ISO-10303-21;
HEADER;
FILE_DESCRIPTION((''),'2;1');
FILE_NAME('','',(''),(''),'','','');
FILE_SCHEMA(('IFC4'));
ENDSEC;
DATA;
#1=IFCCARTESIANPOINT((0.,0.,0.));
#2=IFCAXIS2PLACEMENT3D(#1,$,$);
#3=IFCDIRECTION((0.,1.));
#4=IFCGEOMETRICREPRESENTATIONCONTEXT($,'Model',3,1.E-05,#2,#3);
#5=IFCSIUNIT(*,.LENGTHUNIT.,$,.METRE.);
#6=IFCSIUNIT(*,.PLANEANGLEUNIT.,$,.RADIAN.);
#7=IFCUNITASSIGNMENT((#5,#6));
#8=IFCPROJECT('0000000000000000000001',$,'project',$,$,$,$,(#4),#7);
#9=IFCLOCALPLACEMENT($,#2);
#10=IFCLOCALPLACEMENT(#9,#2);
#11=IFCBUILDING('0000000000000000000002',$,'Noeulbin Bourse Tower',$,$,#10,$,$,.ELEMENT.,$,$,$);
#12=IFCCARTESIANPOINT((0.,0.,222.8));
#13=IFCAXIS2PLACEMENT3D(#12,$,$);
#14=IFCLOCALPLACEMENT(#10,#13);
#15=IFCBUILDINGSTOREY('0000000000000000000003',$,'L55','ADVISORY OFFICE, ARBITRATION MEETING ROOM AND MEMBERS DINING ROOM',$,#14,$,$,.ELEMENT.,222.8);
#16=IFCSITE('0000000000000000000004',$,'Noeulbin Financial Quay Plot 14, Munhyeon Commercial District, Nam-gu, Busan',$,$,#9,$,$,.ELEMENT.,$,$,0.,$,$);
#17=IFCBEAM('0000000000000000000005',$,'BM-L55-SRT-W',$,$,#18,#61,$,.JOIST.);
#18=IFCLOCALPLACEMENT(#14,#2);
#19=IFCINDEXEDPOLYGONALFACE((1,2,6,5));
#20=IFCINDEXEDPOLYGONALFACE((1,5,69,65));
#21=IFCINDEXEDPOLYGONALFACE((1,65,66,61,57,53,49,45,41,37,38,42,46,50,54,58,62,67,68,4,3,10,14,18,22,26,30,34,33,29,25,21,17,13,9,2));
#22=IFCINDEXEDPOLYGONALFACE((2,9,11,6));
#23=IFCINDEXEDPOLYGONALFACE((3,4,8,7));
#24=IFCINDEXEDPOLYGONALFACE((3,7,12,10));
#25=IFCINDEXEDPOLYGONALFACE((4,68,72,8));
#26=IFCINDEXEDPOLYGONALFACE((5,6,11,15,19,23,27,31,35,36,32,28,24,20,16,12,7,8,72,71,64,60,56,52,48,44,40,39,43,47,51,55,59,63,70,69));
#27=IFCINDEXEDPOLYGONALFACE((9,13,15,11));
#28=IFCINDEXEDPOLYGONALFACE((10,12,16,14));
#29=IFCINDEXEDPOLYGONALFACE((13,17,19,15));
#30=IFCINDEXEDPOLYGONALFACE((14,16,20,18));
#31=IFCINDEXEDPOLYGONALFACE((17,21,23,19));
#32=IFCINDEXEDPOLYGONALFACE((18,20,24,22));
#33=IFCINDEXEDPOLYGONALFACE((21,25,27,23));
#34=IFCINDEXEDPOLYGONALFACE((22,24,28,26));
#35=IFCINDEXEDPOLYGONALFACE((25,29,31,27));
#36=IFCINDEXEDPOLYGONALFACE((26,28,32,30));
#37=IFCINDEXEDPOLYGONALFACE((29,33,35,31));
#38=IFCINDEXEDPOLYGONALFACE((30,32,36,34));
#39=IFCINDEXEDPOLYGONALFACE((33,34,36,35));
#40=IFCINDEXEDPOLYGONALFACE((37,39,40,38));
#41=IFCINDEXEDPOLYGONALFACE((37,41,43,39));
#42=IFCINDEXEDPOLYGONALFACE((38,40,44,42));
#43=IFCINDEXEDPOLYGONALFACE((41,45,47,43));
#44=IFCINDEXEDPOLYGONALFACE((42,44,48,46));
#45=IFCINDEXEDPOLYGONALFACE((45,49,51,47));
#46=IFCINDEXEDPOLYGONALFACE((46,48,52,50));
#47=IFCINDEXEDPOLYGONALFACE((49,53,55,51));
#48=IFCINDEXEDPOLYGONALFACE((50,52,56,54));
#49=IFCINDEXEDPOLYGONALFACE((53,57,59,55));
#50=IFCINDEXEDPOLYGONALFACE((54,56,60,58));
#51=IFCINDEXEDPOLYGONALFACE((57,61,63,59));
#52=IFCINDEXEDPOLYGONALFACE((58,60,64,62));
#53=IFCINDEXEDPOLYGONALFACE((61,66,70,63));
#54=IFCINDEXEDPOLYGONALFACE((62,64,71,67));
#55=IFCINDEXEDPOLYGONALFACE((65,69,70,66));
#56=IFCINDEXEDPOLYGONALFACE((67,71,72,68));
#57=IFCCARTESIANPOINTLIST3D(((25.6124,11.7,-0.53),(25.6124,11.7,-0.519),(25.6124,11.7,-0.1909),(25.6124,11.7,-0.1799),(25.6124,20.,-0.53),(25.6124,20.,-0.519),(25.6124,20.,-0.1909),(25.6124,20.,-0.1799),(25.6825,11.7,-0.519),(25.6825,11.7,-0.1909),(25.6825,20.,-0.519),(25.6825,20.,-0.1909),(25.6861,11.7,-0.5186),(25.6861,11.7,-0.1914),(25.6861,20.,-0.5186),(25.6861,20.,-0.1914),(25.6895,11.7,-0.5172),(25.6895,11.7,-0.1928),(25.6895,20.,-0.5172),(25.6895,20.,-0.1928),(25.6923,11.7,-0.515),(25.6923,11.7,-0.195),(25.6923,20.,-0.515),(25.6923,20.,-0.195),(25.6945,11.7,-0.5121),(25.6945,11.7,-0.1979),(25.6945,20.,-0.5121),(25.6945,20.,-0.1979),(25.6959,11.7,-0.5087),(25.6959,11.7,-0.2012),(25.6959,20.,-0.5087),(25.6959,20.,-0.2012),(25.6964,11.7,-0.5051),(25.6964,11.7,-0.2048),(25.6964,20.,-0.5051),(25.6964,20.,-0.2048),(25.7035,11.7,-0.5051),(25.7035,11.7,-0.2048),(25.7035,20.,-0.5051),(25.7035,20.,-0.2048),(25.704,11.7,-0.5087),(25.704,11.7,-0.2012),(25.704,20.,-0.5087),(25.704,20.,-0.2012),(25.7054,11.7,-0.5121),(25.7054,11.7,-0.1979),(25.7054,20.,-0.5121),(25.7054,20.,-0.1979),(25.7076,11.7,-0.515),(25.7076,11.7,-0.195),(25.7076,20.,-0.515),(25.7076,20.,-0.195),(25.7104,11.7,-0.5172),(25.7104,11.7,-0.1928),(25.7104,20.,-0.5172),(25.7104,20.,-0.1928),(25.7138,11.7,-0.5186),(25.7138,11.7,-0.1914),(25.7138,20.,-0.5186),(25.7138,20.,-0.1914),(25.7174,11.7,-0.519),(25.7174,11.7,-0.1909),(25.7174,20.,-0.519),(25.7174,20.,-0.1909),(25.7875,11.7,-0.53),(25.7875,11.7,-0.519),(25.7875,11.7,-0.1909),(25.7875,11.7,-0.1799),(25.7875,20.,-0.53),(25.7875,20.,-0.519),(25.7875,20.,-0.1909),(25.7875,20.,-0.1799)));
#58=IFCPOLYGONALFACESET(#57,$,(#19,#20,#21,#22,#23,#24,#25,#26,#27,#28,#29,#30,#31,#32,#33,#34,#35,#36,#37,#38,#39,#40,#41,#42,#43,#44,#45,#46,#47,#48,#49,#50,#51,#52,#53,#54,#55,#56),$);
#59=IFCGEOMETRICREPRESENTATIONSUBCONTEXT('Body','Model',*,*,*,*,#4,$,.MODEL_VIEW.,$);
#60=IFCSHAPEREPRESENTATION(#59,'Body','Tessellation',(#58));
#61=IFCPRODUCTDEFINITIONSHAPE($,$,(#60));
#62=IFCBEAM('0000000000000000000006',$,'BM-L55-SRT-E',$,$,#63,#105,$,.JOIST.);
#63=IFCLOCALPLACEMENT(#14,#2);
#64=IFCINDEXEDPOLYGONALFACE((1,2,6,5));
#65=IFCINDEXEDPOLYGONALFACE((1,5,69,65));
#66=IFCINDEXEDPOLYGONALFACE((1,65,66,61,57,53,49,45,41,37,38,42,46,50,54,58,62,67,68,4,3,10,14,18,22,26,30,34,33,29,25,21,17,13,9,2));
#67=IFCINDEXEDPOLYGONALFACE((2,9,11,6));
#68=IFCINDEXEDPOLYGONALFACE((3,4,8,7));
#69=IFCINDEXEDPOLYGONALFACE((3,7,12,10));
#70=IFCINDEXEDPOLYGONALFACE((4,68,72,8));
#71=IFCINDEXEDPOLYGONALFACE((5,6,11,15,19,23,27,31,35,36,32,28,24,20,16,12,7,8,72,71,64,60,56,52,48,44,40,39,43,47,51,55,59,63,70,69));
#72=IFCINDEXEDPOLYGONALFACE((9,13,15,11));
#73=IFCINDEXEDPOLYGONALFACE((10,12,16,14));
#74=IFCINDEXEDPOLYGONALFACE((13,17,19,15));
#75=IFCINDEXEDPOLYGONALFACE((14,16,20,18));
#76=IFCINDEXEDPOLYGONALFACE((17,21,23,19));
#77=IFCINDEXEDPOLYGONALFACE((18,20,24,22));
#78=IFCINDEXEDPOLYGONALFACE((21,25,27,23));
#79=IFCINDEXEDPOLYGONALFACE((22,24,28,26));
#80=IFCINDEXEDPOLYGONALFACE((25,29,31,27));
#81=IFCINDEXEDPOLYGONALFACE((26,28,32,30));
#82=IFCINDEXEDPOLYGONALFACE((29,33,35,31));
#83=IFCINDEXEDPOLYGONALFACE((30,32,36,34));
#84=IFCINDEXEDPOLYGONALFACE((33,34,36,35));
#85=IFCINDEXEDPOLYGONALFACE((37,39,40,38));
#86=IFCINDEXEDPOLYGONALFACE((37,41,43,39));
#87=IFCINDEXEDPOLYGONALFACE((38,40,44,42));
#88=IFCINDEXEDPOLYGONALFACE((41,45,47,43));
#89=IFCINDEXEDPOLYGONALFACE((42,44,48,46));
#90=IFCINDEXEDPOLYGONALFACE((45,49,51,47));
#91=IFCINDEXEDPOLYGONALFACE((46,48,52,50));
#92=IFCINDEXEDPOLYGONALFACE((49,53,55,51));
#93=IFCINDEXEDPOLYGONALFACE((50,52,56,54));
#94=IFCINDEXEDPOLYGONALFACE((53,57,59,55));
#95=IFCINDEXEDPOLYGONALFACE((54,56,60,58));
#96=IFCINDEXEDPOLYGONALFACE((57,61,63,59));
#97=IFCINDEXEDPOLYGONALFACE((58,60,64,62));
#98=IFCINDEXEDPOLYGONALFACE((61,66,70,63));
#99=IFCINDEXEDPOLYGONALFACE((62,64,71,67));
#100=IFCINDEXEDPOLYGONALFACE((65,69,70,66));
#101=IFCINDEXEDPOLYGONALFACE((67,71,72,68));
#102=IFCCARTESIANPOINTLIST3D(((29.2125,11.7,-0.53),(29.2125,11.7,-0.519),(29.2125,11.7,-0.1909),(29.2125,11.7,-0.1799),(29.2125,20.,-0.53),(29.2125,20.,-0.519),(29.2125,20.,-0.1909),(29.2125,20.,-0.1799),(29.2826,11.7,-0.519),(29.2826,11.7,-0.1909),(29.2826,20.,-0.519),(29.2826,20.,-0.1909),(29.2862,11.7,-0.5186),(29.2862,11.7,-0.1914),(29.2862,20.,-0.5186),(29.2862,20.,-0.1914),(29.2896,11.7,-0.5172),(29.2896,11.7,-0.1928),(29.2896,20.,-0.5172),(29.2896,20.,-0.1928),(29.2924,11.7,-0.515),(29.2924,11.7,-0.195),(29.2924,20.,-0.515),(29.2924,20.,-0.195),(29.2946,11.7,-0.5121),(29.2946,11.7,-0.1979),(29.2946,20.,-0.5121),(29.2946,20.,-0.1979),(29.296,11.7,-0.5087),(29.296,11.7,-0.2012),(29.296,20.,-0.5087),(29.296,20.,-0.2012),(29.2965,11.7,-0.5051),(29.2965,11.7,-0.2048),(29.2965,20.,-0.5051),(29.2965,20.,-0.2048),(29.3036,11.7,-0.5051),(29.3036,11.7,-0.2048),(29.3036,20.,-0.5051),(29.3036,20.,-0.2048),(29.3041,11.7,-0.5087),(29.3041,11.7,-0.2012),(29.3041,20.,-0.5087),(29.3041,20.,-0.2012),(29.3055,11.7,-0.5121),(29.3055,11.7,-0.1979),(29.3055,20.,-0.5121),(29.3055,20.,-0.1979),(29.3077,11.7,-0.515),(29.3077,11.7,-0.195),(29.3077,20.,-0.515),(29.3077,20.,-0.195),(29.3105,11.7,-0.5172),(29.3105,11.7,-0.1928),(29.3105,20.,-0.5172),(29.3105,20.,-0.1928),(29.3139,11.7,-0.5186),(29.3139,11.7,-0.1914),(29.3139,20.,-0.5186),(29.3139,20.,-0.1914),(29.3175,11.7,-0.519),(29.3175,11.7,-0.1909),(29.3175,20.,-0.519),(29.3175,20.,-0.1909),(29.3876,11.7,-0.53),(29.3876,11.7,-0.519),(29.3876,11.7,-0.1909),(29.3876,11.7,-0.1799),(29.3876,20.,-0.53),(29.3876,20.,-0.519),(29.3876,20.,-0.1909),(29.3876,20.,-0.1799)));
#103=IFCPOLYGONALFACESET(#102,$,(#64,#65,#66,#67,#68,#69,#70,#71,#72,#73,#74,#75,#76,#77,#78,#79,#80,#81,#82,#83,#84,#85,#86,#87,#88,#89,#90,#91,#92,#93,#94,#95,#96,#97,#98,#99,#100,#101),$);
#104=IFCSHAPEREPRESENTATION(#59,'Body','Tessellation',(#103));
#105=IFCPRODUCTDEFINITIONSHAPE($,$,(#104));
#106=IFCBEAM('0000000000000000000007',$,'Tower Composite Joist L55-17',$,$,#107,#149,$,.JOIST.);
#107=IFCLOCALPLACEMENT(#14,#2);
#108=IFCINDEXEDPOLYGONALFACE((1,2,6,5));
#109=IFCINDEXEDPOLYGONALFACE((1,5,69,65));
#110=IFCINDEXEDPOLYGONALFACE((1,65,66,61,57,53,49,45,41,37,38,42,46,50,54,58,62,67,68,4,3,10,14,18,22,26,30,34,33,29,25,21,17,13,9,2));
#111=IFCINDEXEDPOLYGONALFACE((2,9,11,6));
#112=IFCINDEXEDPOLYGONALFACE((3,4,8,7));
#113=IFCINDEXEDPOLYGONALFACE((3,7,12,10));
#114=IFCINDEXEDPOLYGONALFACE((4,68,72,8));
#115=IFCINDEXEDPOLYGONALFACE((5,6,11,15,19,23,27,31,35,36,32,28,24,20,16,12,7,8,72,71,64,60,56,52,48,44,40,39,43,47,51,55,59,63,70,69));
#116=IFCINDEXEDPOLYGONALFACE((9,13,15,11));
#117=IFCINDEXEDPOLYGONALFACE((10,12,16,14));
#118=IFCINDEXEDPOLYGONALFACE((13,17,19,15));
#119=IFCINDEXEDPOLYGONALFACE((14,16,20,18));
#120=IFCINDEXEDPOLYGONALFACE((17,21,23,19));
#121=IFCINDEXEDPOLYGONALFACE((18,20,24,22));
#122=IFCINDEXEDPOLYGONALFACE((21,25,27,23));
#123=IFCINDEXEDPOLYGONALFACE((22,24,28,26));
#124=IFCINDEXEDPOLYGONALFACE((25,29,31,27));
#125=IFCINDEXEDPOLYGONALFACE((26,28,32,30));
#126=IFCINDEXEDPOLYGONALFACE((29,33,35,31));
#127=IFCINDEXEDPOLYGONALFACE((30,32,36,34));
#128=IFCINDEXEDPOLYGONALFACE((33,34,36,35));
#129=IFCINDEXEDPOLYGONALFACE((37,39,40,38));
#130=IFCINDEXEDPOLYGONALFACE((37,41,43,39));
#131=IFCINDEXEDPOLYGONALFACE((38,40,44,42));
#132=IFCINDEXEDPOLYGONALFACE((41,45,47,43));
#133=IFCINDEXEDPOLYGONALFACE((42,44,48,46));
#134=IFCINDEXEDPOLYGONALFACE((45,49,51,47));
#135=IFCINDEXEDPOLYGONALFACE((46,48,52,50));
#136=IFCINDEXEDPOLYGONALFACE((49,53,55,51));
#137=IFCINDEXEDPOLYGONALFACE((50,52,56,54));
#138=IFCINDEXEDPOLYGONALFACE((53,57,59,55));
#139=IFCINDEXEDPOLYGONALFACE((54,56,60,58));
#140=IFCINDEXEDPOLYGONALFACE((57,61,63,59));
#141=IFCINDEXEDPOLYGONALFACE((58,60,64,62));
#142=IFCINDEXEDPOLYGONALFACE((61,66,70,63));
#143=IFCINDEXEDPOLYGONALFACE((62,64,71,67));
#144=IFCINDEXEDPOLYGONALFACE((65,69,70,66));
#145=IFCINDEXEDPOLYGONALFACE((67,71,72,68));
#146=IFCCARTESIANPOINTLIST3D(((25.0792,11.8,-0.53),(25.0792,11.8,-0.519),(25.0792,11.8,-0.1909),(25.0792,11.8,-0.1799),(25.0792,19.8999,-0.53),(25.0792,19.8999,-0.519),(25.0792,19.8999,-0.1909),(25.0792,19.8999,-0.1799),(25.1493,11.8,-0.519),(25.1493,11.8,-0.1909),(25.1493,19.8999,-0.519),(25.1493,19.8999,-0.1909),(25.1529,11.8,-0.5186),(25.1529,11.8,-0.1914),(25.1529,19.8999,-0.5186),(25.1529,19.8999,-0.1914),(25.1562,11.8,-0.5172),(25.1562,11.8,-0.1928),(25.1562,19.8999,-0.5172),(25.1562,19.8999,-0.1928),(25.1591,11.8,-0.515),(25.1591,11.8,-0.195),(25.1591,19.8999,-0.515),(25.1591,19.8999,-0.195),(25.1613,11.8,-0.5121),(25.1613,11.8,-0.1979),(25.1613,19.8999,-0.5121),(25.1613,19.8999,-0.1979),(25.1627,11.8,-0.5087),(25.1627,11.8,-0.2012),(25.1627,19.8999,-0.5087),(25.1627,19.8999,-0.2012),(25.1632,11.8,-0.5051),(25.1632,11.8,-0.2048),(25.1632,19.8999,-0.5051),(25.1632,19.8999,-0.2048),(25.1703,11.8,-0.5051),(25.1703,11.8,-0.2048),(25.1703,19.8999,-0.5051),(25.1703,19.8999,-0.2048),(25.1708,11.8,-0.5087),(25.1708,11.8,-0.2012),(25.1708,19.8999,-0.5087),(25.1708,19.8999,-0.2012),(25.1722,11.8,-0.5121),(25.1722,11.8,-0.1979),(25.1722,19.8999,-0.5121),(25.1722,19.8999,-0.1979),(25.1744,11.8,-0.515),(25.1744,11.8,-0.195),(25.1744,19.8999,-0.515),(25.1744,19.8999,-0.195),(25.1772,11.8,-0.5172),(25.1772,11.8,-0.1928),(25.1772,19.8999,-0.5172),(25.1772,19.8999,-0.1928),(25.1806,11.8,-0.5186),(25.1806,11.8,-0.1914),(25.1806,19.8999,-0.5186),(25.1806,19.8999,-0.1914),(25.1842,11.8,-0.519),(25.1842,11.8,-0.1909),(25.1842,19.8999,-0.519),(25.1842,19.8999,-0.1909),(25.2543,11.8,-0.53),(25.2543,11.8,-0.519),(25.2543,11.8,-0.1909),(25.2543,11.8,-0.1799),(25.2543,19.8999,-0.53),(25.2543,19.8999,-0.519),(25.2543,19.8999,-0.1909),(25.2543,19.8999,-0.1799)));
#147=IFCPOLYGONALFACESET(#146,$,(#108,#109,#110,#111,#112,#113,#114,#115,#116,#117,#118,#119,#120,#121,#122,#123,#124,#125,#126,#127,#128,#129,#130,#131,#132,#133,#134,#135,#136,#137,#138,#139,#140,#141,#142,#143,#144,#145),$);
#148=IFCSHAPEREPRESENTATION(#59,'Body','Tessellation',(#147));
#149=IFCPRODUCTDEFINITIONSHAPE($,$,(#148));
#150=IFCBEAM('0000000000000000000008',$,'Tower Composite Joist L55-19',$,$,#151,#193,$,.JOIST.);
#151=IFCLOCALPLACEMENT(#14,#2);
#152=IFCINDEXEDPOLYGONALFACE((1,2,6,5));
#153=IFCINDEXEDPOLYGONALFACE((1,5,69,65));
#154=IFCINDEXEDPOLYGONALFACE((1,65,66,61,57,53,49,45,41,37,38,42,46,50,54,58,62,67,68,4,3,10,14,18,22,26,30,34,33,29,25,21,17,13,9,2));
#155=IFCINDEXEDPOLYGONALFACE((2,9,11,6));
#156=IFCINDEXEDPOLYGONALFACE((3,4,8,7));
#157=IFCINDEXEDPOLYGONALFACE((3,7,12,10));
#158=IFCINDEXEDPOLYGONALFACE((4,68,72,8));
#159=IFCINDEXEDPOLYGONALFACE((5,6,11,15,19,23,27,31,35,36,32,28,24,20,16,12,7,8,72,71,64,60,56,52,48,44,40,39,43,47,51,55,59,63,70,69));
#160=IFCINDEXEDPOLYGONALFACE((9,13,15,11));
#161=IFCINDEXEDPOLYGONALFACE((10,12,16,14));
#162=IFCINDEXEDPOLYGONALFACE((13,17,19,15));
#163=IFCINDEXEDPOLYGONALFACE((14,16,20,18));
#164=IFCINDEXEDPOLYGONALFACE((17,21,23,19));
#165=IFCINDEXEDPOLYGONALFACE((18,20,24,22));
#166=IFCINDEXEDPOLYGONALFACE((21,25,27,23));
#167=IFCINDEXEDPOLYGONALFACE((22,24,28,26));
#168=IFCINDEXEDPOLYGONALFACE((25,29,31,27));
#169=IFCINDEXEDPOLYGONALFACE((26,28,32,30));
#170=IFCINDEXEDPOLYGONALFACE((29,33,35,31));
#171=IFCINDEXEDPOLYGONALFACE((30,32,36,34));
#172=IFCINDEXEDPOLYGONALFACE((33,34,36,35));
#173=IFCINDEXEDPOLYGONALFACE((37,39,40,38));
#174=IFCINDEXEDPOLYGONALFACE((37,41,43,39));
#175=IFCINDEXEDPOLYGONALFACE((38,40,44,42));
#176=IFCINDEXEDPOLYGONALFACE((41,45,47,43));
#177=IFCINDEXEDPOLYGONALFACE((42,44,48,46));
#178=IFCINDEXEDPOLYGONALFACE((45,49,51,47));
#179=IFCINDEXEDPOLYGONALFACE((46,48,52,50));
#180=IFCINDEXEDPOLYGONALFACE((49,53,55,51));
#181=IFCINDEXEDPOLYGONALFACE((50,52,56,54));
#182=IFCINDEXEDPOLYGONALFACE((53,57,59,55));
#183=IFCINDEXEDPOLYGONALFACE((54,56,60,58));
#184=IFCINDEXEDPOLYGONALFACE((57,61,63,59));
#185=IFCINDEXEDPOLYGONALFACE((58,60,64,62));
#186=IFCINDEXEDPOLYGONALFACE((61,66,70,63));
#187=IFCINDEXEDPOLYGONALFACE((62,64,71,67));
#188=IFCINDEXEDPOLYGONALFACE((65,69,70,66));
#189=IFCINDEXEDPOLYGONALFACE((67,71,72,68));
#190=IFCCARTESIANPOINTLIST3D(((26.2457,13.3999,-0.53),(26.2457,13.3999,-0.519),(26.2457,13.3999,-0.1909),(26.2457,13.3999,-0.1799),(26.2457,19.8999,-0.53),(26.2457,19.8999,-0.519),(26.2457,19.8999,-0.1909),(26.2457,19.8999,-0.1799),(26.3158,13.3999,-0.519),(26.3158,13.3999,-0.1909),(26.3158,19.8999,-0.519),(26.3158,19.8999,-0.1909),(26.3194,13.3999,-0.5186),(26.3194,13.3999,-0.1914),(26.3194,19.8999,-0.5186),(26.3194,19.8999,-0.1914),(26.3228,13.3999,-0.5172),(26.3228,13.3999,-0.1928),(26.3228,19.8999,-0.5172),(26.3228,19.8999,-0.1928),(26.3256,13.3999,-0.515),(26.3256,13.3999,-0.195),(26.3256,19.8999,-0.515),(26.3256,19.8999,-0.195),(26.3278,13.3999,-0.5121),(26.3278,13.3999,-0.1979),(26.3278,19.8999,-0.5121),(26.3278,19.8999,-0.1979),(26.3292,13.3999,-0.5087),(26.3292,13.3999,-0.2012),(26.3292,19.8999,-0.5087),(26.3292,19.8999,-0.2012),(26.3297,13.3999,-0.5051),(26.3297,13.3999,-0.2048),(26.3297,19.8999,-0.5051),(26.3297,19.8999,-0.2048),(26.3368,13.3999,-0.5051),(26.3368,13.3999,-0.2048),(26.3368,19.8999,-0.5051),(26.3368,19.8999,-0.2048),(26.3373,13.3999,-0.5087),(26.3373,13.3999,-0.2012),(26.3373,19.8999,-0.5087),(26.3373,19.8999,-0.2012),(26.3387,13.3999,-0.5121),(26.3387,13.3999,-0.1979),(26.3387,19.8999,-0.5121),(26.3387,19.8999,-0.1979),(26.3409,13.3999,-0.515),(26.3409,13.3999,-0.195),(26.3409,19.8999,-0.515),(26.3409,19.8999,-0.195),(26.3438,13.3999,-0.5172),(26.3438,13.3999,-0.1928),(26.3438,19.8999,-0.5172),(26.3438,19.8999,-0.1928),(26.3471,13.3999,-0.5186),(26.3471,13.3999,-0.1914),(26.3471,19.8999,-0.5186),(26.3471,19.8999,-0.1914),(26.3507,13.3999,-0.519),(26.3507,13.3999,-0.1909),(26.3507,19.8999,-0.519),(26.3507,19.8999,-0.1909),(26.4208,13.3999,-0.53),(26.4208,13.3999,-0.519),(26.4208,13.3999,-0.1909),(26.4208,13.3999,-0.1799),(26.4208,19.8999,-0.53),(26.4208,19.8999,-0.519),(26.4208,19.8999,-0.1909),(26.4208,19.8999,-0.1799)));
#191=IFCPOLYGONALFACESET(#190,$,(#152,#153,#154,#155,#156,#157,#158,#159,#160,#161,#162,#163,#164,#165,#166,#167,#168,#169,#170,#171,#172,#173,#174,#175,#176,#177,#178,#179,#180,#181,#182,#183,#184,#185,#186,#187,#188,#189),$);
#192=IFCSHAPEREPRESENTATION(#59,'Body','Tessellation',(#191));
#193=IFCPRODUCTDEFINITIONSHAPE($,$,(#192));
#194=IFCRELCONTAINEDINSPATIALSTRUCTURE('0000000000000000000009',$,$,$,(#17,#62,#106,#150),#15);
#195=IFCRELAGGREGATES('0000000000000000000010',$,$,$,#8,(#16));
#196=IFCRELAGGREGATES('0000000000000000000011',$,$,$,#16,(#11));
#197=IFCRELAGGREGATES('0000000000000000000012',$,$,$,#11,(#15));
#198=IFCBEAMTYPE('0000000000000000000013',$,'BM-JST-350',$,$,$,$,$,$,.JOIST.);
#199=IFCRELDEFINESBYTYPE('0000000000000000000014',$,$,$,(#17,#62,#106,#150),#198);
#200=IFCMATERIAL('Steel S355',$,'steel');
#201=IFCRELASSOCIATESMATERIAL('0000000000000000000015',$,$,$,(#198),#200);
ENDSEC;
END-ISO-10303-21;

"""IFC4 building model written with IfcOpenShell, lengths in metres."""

from ifc_helpers import new_model, si_unit, direction, frame, origin, origin_2d, place, context, subcontext, project, spatial, i_section, extrude, material, material_profile, profile_set, type_object, element, save


model = new_model("IFC4")

# Units and contexts
model_context = context("Model", 3, precision=1e-05, world=origin(), true_north=direction((0.0, 1.0)))
body_context = subcontext(model_context, "Body", "Model", "MODEL_VIEW")
ifc_project = project(units=[si_unit("LENGTHUNIT", "METRE"), si_unit("PLANEANGLEUNIT", "RADIAN")], contexts=[model_context])

# Site, building, storey
site_placement = place(None, origin())
site = spatial("IfcSite", under=ifc_project, at=site_placement, Name="Noeulbin Financial Quay Plot 14, Munhyeon Commercial District, Nam-gu, Busan", CompositionType="ELEMENT", RefElevation=0.0)
building_placement = place(site_placement, origin())
building = spatial("IfcBuilding", under=site, at=building_placement, Name="Noeulbin Bourse Tower", CompositionType="ELEMENT")
storey_placement = place(building_placement, frame((0.0, 0.0, 222.8)))
storey = spatial("IfcBuildingStorey", under=building, at=storey_placement, Name="L55", Description="ADVISORY OFFICE, ARBITRATION MEETING ROOM AND MEMBERS DINING ROOM", CompositionType="ELEMENT", Elevation=222.8)

# Beams
ifc_material_1 = material(Name="Steel S355", Category="steel")
ifc_material_profile_1 = material_profile(ifc_material_1, i_section(OverallWidth=0.175, OverallDepth=0.3501, WebThickness=0.0071, FlangeThickness=0.011, FilletRadius=0.0139, at=origin_2d()), Name="H-350x175x7x11", Category="LoadBearing")
ifc_profile_set_1 = profile_set([ifc_material_profile_1], Name="Steel S355")
beam_type_1 = type_object("IfcBeamType", Name="BM-JST-350", PredefinedType="JOIST", material=ifc_profile_set_1)
for number, where, z_axis, x_axis, name in (
    (1, (25.7, 11.7, -0.355), (0.0, 1.0, 0.0), (-1.0, 0.0, 0.0), "BM-L55-SRT-W"),
    (2, (29.3, 11.7, -0.355), (0.0, 1.0, 0.0), (-1.0, 0.0, 0.0), "BM-L55-SRT-E"),
):
    element("IfcBeam", number, at=place(storey_placement, frame(where, z_axis=z_axis, x_axis=x_axis)), inside=storey, type_object=beam_type_1, Name=name, PredefinedType="JOIST", context=body_context, shape_type="SweptSolid", body=[
        extrude(i_section(OverallWidth=0.175, OverallDepth=0.3501, WebThickness=0.0071, FlangeThickness=0.011, FilletRadius=0.0139, at=origin_2d()), origin(), (0.0, 0.0, 1.0), 8.3),
    ])
beam_1_placement = place(storey_placement, frame((25.1667, 11.8, -0.355), z_axis=(0.0, 1.0, 0.0), x_axis=(-1.0, 0.0, 0.0)))
element("IfcBeam", 3, at=beam_1_placement, inside=storey, type_object=beam_type_1, Name="Tower Composite Joist L55-17", PredefinedType="JOIST", context=body_context, shape_type="SweptSolid", body=[
    extrude(i_section(OverallWidth=0.175, OverallDepth=0.3501, WebThickness=0.0071, FlangeThickness=0.011, FilletRadius=0.0139, at=origin_2d()), origin(), (0.0, 0.0, 1.0), 8.0999),
])
for number, where, z_axis, x_axis, name in (
    (4, (26.3333, 13.3999, -0.355), (0.0, 1.0, 0.0), (-1.0, 0.0, 0.0), "Tower Composite Joist L55-19"),
):
    element("IfcBeam", number, at=place(storey_placement, frame(where, z_axis=z_axis, x_axis=x_axis)), inside=storey, type_object=beam_type_1, Name=name, PredefinedType="JOIST", context=body_context, shape_type="SweptSolid", body=[
        extrude(i_section(OverallWidth=0.175, OverallDepth=0.3501, WebThickness=0.0071, FlangeThickness=0.011, FilletRadius=0.0139, at=origin_2d()), origin(), (0.0, 0.0, 1.0), 6.5),
    ])

save(model, "model.ifc")
